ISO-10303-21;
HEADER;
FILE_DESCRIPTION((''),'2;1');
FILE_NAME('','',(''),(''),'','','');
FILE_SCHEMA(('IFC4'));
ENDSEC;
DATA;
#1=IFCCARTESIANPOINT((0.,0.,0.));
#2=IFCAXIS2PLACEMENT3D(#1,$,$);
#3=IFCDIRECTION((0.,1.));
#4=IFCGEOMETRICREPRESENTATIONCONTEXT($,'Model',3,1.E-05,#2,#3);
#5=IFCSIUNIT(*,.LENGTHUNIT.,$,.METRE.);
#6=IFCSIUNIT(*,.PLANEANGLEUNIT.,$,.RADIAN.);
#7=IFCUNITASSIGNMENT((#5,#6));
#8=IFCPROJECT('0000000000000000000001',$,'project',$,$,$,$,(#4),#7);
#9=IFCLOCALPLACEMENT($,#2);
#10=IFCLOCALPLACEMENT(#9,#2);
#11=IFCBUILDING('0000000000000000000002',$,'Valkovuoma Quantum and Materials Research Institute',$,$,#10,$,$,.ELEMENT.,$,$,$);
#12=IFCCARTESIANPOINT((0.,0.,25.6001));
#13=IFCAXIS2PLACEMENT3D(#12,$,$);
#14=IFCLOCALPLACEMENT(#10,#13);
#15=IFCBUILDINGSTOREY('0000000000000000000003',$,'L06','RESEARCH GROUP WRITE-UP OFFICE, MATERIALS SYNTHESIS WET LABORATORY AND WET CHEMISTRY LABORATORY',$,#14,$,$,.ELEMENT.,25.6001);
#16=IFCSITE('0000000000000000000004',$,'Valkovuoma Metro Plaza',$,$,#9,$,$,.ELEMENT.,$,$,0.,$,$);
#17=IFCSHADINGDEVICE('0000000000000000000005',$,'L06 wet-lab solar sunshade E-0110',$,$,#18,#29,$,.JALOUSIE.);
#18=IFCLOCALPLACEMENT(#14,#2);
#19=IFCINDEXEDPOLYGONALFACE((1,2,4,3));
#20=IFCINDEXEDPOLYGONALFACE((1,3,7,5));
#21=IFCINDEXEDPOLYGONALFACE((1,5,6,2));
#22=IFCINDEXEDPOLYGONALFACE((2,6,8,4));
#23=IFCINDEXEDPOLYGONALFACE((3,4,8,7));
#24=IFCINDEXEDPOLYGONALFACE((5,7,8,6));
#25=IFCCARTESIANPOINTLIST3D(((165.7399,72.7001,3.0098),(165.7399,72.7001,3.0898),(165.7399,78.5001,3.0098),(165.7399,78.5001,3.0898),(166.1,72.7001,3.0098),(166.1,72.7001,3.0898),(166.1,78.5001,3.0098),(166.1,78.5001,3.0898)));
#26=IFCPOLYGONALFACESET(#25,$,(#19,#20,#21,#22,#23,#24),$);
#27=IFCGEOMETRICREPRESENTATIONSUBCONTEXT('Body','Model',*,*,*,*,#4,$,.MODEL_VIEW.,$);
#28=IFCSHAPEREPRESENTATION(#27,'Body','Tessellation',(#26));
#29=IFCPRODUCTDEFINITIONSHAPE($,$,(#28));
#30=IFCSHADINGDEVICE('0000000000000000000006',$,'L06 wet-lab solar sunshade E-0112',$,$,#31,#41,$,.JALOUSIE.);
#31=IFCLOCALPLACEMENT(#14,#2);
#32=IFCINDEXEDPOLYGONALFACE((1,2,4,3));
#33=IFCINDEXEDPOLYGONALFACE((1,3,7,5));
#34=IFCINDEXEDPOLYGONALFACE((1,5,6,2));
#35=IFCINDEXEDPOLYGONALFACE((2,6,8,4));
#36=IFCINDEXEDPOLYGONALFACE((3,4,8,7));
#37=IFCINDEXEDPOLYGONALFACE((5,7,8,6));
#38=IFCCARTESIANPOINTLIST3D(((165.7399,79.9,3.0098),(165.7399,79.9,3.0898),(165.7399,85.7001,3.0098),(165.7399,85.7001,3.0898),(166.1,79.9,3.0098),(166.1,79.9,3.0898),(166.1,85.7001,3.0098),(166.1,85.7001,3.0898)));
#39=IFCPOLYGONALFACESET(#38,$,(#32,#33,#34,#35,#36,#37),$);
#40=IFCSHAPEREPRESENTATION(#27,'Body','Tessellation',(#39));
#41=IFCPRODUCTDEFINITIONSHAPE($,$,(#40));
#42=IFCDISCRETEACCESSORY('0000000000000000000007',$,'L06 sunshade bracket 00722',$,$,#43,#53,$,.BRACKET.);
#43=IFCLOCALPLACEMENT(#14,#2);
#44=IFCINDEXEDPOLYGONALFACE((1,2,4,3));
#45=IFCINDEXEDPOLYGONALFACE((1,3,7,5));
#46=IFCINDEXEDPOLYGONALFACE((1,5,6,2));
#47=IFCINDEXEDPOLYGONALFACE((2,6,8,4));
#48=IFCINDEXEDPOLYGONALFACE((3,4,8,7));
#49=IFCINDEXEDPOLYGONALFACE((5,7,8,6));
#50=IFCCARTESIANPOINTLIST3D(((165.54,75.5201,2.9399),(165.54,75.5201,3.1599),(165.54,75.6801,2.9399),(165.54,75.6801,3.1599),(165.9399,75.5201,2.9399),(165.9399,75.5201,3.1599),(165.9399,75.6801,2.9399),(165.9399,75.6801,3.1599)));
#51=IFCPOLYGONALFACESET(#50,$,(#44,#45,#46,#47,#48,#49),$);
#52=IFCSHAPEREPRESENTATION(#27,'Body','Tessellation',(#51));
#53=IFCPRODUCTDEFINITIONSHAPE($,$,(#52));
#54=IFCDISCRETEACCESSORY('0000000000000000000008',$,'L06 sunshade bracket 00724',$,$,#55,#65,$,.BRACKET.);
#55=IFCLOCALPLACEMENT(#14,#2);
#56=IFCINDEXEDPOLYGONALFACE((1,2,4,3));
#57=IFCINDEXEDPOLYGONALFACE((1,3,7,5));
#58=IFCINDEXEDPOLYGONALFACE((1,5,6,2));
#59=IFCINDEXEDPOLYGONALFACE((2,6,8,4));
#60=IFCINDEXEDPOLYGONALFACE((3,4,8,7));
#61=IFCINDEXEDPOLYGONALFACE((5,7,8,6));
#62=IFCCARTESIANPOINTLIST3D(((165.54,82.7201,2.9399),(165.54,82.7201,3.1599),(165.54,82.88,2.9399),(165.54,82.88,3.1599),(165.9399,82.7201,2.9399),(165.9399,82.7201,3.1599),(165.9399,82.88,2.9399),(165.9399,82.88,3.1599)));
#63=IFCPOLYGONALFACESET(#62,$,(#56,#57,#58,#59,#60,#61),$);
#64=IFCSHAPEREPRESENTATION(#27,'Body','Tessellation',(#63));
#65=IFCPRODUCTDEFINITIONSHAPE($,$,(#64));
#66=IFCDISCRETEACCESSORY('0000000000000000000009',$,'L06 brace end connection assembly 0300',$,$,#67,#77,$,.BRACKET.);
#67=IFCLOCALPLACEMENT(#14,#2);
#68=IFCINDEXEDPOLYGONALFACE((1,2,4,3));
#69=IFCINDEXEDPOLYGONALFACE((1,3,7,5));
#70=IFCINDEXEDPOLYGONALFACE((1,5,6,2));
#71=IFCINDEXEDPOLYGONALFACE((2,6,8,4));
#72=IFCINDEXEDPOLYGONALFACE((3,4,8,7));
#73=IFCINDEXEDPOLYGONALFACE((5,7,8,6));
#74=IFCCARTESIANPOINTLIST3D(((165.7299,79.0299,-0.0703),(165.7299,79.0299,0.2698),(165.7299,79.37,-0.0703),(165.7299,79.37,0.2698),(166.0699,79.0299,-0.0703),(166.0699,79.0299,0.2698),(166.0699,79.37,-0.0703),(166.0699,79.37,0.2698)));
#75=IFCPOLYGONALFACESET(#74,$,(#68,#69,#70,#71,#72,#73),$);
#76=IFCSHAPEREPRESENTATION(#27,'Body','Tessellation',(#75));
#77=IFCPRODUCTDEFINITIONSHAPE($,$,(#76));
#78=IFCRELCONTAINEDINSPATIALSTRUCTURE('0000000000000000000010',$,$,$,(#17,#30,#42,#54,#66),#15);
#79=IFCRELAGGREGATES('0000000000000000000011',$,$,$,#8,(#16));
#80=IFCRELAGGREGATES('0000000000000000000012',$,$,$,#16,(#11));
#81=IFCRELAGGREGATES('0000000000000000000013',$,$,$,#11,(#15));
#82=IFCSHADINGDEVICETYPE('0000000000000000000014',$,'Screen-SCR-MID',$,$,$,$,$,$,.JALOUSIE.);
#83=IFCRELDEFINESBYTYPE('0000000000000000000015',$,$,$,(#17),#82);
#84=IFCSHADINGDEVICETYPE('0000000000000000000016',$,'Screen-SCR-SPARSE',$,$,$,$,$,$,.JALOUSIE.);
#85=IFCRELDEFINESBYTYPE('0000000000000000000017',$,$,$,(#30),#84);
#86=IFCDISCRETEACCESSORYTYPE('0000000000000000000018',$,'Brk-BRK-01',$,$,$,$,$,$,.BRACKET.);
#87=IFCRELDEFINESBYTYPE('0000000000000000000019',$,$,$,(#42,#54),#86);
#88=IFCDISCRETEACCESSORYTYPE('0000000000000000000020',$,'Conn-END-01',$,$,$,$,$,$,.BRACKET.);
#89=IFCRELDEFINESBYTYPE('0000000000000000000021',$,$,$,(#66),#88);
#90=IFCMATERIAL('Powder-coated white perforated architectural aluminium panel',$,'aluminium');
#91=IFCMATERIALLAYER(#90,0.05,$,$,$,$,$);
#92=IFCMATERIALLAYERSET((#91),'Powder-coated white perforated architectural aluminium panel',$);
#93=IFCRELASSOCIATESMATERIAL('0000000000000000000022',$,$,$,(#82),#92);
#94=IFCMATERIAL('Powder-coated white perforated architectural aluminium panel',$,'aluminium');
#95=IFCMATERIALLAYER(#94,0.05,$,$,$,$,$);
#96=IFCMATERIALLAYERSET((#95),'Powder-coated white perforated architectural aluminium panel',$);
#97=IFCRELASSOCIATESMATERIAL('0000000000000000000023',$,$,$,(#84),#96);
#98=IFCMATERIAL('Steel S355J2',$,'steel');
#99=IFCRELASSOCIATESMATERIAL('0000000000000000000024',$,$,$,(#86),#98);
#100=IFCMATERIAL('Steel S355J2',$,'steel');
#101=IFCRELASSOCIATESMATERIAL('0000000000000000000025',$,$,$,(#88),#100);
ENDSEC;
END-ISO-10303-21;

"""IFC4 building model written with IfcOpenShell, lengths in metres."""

from ifc_helpers import new_model, si_unit, direction, frame, origin, origin_2d, place, context, subcontext, project, spatial, rectangle, extrude, material, layer, layer_set, type_object, element, save


model = new_model("IFC4")

# Units and contexts
model_context = context("Model", 3, precision=1e-05, world=origin(), true_north=direction((0.0, 1.0)))
body_context = subcontext(model_context, "Body", "Model", "MODEL_VIEW")
ifc_project = project(units=[si_unit("LENGTHUNIT", "METRE"), si_unit("PLANEANGLEUNIT", "RADIAN")], contexts=[model_context])

# Site, building, storey
site_placement = place(None, origin())
site = spatial("IfcSite", under=ifc_project, at=site_placement, Name="Valkovuoma Metro Plaza", CompositionType="ELEMENT", RefElevation=0.0)
building_placement = place(site_placement, origin())
building = spatial("IfcBuilding", under=site, at=building_placement, Name="Valkovuoma Quantum and Materials Research Institute", CompositionType="ELEMENT")
storey_placement = place(building_placement, frame((0.0, 0.0, 25.6001)))
storey = spatial("IfcBuildingStorey", under=building, at=storey_placement, Name="L06", Description="RESEARCH GROUP WRITE-UP OFFICE, MATERIALS SYNTHESIS WET LABORATORY AND WET CHEMISTRY LABORATORY", CompositionType="ELEMENT", Elevation=25.6001)

# Shading devices
ifc_material_1 = material(Name="Powder-coated white perforated architectural aluminium panel", Category="aluminium")
ifc_layer_1 = layer(ifc_material_1, 0.05)
ifc_layer_set_1 = layer_set([ifc_layer_1], Name="Powder-coated white perforated architectural aluminium panel")
shading_device_type_1 = type_object("IfcShadingDeviceType", Name="Screen-SCR-MID", PredefinedType="JALOUSIE", material=ifc_layer_set_1)
shading_device_1_placement = place(storey_placement, frame((165.9199, 75.6001, 3.0098), z_axis=(0.0, 0.0, 1.0), x_axis=(1.0, 0.0, 0.0)))
element("IfcShadingDevice", 1, at=shading_device_1_placement, inside=storey, type_object=shading_device_type_1, Name="L06 wet-lab solar sunshade E-0110", PredefinedType="JALOUSIE", context=body_context, shape_type="SweptSolid", body=[
    extrude(rectangle(XDim=0.3601, YDim=5.8, at=origin_2d()), origin(), (0.0, 0.0, 1.0), 0.0801),
])
ifc_material_2 = material(Name="Powder-coated white perforated architectural aluminium panel", Category="aluminium")
ifc_layer_2 = layer(ifc_material_2, 0.05)
ifc_layer_set_2 = layer_set([ifc_layer_2], Name="Powder-coated white perforated architectural aluminium panel")
shading_device_type_2 = type_object("IfcShadingDeviceType", Name="Screen-SCR-SPARSE", PredefinedType="JALOUSIE", material=ifc_layer_set_2)
shading_device_2_placement = place(storey_placement, frame((165.9199, 82.8, 3.0098), z_axis=(0.0, 0.0, 1.0), x_axis=(1.0, 0.0, 0.0)))
element("IfcShadingDevice", 2, at=shading_device_2_placement, inside=storey, type_object=shading_device_type_2, Name="L06 wet-lab solar sunshade E-0112", PredefinedType="JALOUSIE", context=body_context, shape_type="SweptSolid", body=[
    extrude(rectangle(XDim=0.3601, YDim=5.8, at=origin_2d()), origin(), (0.0, 0.0, 1.0), 0.0801),
])

# Discrete accessories
ifc_material_3 = material(Name="Steel S355J2", Category="steel")
discrete_accessory_type_1 = type_object("IfcDiscreteAccessoryType", Name="Brk-BRK-01", PredefinedType="BRACKET", material=ifc_material_3)
for number, where, z_axis, x_axis, name in (
    (3, (165.74, 75.6001, 2.9399), (0.0, 0.0, 1.0), (1.0, 0.0, 0.0), "L06 sunshade bracket 00722"),
    (4, (165.74, 82.8, 2.9399), (0.0, 0.0, 1.0), (1.0, 0.0, 0.0), "L06 sunshade bracket 00724"),
):
    element("IfcDiscreteAccessory", number, at=place(storey_placement, frame(where, z_axis=z_axis, x_axis=x_axis)), inside=storey, type_object=discrete_accessory_type_1, Name=name, PredefinedType="BRACKET", context=body_context, shape_type="SweptSolid", body=[
        extrude(rectangle(XDim=0.3999, YDim=0.1599, at=origin_2d()), origin(), (0.0, 0.0, 1.0), 0.22),
    ])
ifc_material_4 = material(Name="Steel S355J2", Category="steel")
discrete_accessory_type_2 = type_object("IfcDiscreteAccessoryType", Name="Conn-END-01", PredefinedType="BRACKET", material=ifc_material_4)
discrete_accessory_placement = place(storey_placement, frame((165.8999, 79.2, -0.0703), z_axis=(0.0, 0.0, 1.0), x_axis=(1.0, 0.0, 0.0)))
element("IfcDiscreteAccessory", 5, at=discrete_accessory_placement, inside=storey, type_object=discrete_accessory_type_2, Name="L06 brace end connection assembly 0300", PredefinedType="BRACKET", context=body_context, shape_type="SweptSolid", body=[
    extrude(rectangle(XDim=0.3401, YDim=0.3401, at=origin_2d()), origin(), (0.0, 0.0, 1.0), 0.3401),
])

save(model, "model.ifc")
